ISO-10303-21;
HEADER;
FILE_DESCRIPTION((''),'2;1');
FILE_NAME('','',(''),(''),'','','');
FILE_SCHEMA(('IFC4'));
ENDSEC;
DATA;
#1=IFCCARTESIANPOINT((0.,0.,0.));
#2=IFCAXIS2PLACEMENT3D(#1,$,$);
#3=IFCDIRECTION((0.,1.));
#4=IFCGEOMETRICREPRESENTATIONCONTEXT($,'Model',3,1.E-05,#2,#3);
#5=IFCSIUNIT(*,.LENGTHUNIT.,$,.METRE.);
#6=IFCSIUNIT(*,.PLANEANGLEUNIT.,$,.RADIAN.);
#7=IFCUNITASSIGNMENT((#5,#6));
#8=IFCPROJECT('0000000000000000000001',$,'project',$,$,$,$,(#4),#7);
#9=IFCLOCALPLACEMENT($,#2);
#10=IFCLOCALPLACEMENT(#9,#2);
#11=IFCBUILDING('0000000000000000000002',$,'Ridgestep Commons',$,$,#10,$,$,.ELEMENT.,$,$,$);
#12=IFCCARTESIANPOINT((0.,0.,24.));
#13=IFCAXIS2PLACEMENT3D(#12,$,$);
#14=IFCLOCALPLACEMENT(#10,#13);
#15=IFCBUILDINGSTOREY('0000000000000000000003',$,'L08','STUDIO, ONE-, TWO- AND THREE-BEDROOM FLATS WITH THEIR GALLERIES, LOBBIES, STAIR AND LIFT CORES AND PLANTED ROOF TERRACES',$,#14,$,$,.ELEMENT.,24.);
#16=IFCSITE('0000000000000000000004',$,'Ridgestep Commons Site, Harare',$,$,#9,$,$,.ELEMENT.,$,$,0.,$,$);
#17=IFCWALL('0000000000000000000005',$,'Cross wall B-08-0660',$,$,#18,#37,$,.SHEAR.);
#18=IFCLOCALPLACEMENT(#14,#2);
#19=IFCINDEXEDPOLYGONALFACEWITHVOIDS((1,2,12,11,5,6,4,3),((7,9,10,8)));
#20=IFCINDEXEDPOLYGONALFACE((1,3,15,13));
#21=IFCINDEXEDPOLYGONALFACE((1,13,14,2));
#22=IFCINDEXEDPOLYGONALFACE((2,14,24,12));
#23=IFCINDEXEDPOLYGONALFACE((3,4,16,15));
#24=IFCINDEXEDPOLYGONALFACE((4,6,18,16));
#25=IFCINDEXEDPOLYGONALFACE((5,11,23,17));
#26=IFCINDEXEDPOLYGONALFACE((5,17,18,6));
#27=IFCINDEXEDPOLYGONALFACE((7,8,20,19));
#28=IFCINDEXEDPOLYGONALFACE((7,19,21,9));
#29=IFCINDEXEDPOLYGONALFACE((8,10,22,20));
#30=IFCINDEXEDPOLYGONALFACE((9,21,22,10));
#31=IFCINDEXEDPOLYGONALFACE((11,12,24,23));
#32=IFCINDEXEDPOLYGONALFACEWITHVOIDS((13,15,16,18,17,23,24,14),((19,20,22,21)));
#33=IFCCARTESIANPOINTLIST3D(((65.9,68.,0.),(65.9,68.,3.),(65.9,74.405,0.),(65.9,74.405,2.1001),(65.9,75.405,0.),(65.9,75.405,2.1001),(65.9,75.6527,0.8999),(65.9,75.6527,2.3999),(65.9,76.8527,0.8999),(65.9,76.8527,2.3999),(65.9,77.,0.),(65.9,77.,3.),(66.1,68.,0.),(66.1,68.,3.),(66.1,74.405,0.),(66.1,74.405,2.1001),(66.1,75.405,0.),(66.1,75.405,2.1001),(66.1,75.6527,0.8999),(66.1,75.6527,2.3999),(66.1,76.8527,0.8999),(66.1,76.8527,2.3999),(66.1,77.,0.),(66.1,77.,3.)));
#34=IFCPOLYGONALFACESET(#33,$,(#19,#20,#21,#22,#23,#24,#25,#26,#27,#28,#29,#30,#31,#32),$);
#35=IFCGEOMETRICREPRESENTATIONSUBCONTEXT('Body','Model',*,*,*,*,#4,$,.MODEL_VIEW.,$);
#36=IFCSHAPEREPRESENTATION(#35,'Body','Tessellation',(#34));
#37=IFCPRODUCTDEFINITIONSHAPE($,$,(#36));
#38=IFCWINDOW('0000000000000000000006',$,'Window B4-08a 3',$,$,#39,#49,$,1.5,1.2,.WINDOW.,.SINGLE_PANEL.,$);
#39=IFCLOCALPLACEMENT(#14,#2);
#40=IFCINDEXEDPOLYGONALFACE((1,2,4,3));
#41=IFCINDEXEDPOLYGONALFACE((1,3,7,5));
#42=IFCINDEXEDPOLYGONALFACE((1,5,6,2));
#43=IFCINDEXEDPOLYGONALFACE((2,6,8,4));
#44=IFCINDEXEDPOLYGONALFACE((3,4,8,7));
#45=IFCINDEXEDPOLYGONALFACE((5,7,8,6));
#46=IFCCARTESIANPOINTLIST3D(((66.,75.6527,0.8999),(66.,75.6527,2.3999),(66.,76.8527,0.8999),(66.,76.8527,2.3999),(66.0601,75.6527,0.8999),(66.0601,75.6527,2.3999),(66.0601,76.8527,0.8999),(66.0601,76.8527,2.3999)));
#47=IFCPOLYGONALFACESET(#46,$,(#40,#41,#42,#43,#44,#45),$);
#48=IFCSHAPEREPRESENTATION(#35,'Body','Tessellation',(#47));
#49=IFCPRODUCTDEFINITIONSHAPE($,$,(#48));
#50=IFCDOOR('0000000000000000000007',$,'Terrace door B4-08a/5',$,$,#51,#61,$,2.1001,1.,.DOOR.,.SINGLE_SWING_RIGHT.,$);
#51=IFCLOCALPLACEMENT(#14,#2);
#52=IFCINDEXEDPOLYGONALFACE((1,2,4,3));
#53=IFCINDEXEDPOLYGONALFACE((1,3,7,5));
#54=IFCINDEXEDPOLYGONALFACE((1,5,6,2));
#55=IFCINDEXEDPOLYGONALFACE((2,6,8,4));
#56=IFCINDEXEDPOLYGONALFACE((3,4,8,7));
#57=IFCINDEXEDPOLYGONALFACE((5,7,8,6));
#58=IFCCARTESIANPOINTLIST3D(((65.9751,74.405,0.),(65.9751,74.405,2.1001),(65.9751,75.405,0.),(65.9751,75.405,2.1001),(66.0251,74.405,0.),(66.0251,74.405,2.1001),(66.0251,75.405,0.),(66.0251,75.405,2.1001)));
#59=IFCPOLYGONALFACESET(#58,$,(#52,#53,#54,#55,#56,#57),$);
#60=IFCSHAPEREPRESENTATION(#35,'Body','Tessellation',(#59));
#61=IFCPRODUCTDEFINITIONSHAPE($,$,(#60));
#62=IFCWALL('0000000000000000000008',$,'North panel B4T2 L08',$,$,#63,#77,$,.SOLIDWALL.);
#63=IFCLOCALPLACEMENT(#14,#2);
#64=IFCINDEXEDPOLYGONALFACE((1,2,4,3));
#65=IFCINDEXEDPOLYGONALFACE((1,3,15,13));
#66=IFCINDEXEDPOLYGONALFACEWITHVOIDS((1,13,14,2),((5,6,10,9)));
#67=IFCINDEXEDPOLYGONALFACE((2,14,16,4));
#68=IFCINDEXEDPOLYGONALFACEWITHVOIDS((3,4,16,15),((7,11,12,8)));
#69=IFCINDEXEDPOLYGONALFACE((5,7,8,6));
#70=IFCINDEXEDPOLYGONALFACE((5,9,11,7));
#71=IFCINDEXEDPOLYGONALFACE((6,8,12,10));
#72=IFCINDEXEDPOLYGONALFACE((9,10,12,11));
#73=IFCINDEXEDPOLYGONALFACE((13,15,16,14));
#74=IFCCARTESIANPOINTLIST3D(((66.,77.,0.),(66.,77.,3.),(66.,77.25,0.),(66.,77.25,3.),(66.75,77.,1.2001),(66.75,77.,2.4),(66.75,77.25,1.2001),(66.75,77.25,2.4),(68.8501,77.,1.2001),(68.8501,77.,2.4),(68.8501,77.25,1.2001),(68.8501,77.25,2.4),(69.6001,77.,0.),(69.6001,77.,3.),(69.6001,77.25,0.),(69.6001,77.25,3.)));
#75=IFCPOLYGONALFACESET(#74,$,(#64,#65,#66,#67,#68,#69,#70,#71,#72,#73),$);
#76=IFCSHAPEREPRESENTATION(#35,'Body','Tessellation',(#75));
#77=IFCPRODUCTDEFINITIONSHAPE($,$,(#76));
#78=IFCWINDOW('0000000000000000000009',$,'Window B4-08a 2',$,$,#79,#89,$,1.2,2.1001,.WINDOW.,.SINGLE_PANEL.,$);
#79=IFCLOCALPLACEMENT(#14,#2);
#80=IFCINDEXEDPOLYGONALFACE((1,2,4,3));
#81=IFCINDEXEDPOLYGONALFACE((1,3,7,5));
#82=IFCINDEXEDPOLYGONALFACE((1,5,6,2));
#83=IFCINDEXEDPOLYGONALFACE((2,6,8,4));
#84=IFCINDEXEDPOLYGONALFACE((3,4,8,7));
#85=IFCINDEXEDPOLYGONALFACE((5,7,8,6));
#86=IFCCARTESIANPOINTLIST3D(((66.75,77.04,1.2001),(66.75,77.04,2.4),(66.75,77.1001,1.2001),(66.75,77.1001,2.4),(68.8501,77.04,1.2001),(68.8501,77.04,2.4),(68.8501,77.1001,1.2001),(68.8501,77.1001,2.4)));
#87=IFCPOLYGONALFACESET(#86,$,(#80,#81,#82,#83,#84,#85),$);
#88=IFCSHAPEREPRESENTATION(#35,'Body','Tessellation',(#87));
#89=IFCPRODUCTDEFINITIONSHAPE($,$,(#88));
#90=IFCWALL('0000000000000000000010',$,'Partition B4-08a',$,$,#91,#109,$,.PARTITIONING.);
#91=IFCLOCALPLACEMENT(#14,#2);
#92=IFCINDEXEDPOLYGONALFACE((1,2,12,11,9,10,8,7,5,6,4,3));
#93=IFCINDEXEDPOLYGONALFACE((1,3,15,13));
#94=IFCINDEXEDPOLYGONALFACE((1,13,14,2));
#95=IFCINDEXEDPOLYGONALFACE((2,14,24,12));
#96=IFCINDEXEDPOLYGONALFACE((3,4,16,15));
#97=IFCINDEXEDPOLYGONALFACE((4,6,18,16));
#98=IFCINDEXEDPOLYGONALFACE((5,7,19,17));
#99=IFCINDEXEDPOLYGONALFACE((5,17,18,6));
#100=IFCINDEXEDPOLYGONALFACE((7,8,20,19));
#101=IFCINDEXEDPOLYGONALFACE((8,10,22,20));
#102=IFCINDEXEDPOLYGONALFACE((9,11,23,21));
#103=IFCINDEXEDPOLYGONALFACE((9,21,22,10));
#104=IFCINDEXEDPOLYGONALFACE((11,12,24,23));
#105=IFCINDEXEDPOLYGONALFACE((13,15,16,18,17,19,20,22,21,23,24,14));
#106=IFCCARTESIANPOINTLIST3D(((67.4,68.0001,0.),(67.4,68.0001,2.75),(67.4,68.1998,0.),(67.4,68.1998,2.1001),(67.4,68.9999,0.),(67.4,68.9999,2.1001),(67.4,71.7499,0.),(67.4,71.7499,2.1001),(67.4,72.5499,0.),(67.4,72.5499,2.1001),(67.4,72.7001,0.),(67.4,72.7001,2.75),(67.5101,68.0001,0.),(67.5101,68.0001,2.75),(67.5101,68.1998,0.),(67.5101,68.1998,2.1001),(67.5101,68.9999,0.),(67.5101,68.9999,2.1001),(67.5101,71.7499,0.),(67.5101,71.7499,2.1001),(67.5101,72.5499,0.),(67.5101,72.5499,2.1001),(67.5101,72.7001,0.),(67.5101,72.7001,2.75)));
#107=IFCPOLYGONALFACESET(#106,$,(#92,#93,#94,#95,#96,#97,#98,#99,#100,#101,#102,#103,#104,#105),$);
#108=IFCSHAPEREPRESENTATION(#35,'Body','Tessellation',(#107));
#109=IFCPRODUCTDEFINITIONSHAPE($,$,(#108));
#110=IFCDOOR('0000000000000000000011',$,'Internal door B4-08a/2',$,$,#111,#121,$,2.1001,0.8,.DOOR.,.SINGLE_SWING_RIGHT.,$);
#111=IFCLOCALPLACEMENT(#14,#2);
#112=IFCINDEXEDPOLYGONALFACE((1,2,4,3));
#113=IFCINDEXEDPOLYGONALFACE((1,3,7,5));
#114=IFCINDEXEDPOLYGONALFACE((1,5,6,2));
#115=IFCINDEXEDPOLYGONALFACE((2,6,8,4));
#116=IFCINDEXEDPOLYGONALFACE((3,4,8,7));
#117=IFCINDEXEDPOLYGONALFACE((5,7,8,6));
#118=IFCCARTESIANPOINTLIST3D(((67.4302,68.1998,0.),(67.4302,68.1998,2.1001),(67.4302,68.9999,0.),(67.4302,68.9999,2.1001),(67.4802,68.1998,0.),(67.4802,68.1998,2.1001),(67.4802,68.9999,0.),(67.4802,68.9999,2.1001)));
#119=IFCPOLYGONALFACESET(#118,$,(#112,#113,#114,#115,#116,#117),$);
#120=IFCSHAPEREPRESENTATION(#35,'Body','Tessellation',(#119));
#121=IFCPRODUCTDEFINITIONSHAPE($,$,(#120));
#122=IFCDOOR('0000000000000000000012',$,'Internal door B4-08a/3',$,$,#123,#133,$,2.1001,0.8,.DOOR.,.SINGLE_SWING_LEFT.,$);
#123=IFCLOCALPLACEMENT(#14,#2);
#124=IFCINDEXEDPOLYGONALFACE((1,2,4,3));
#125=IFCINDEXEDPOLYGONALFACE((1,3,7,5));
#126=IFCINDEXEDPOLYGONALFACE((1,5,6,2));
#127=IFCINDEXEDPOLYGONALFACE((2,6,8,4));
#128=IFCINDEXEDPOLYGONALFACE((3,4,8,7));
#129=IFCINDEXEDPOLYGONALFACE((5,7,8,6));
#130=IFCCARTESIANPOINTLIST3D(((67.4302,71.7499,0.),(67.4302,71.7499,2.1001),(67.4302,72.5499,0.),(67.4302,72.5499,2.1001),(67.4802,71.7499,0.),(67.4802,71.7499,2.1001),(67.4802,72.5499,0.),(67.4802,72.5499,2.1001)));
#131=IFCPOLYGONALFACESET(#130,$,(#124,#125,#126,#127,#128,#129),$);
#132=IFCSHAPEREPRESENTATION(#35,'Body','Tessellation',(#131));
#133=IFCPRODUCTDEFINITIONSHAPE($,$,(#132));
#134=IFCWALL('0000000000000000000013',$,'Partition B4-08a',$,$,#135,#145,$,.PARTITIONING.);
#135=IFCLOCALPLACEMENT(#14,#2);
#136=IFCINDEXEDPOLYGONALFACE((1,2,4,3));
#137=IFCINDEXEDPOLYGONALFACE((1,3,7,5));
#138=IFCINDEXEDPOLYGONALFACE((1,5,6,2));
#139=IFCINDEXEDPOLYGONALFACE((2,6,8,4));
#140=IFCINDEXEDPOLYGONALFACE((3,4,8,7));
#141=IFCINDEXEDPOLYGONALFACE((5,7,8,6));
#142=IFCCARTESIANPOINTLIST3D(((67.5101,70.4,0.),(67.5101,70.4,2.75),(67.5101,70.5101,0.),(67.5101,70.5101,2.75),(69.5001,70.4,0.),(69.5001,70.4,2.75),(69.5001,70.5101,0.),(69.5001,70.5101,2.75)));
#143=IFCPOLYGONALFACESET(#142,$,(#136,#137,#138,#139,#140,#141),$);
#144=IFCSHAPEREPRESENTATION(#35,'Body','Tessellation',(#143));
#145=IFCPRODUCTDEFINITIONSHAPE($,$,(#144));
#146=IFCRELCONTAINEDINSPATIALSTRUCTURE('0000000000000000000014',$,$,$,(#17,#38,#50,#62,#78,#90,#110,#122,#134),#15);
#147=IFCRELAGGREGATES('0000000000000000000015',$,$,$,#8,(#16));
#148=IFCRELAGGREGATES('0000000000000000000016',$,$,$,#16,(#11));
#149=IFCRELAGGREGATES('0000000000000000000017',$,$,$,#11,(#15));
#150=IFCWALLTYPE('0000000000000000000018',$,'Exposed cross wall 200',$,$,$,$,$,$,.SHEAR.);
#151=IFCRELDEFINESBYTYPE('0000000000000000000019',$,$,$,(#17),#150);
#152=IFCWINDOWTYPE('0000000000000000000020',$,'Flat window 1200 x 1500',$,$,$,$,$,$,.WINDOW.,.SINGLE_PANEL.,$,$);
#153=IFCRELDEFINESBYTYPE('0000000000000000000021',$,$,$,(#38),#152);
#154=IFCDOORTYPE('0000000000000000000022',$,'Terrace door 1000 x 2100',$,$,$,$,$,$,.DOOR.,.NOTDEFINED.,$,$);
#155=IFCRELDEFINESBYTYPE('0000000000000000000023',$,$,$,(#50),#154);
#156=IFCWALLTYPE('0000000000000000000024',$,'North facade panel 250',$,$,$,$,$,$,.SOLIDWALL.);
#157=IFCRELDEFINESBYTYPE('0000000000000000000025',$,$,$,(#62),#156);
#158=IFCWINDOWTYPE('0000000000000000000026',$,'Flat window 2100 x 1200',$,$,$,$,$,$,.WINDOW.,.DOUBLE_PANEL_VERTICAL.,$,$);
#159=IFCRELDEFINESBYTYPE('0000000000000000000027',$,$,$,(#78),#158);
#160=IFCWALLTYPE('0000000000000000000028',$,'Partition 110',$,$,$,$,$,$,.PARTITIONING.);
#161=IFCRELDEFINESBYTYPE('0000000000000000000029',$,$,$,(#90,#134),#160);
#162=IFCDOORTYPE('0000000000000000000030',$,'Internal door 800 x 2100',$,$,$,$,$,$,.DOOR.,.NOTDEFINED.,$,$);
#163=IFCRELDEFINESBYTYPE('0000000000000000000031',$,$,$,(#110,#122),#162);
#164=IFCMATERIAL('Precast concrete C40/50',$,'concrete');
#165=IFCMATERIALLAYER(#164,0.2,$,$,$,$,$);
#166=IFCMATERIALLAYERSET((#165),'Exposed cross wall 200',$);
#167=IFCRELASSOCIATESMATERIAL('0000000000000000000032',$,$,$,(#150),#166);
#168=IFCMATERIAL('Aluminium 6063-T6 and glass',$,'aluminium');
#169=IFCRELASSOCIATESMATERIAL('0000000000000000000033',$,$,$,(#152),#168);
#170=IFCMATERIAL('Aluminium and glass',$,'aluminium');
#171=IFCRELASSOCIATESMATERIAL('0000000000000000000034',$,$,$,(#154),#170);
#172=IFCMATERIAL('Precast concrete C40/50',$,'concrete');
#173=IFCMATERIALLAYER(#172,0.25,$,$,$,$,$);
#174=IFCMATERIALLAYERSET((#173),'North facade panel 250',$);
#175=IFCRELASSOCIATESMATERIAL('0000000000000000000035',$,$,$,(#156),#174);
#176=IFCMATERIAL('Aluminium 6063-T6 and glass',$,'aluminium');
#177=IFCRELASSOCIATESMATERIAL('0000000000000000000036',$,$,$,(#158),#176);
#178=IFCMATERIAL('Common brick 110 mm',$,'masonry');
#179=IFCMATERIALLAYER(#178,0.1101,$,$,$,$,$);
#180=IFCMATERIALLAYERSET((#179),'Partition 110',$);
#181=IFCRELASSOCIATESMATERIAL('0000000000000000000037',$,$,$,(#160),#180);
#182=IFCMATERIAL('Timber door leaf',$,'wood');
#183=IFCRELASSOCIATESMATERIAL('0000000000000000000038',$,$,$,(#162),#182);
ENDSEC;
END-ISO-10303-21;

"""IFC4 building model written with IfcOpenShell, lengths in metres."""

from ifc_helpers import new_model, si_unit, direction, frame, frame_2d, origin, place, context, subcontext, project, spatial, rectangle, extrude, material, layer, layer_set, type_object, element, fill, save


model = new_model("IFC4")

# Units and contexts
model_context = context("Model", 3, precision=1e-05, world=origin(), true_north=direction((0.0, 1.0)))
body_context = subcontext(model_context, "Body", "Model", "MODEL_VIEW")
ifc_project = project(units=[si_unit("LENGTHUNIT", "METRE"), si_unit("PLANEANGLEUNIT", "RADIAN")], contexts=[model_context])

# Site, building, storey
site_placement = place(None, origin())
site = spatial("IfcSite", under=ifc_project, at=site_placement, Name="Ridgestep Commons Site, Harare", CompositionType="ELEMENT", RefElevation=0.0)
building_placement = place(site_placement, origin())
building = spatial("IfcBuilding", under=site, at=building_placement, Name="Ridgestep Commons", CompositionType="ELEMENT")
storey_placement = place(building_placement, frame((0.0, 0.0, 24.0)))
storey = spatial("IfcBuildingStorey", under=building, at=storey_placement, Name="L08", Description="STUDIO, ONE-, TWO- AND THREE-BEDROOM FLATS WITH THEIR GALLERIES, LOBBIES, STAIR AND LIFT CORES AND PLANTED ROOF TERRACES", CompositionType="ELEMENT", Elevation=24.0)

# Wall, openings, window, door
ifc_material_1 = material(Name="Precast concrete C40/50", Category="concrete")
ifc_layer_1 = layer(ifc_material_1, 0.2)
ifc_layer_set_1 = layer_set([ifc_layer_1], Name="Exposed cross wall 200")
wall_type_1 = type_object("IfcWallType", Name="Exposed cross wall 200", PredefinedType="SHEAR", material=ifc_layer_set_1)
wall_1_placement = place(storey_placement, frame((66.0, 68.0, 0.0), z_axis=(0.0, 0.0, 1.0), x_axis=(0.0, 1.0, 0.0)))
wall_1 = element("IfcWall", 1, at=wall_1_placement, inside=storey, type_object=wall_type_1, Name="Cross wall B-08-0660", PredefinedType="SHEAR", context=body_context, shape_type="SweptSolid", body=[
    extrude(rectangle(XDim=9.0, YDim=0.2, at=frame_2d((4.5, 0.0))), origin(), (0.0, 0.0, 1.0), 3.0),
])
opening_1_placement = place(wall_1_placement, frame((7.6526, 0.0, 0.8999)))
opening_1 = element("IfcOpeningElement", 2, at=opening_1_placement, cuts=wall_1, PredefinedType="OPENING", context=body_context, shape_type="SweptSolid", body=[
    extrude(rectangle(XDim=1.2, YDim=1.5, at=frame_2d((0.6001, 0.75))), frame((0.0, 0.1099, 0.0), z_axis=(0.0, -1.0, 0.0), x_axis=(1.0, 0.0, 0.0)), (0.0, 0.0, 1.0), 0.22),
])
opening_2_placement = place(wall_1_placement, frame((6.405, 0.0, 0.0)))
opening_2 = element("IfcOpeningElement", 3, at=opening_2_placement, cuts=wall_1, PredefinedType="OPENING", context=body_context, shape_type="SweptSolid", body=[
    extrude(rectangle(XDim=1.0, YDim=2.1001, at=frame_2d((0.5, 1.05))), frame((0.0, 0.1099, 0.0), z_axis=(0.0, -1.0, 0.0), x_axis=(1.0, 0.0, 0.0)), (0.0, 0.0, 1.0), 0.22),
])
ifc_material_2 = material(Name="Aluminium 6063-T6 and glass", Category="aluminium")
window_type_1 = type_object("IfcWindowType", Name="Flat window 1200 x 1500", PartitioningType="SINGLE_PANEL", PredefinedType="WINDOW", material=ifc_material_2)
window_1_placement = place(opening_1_placement, origin())
window_1 = element("IfcWindow", 4, at=window_1_placement, inside=storey, type_object=window_type_1, Name="Window B4-08a 3", OverallHeight=1.5, OverallWidth=1.2, PartitioningType="SINGLE_PANEL", PredefinedType="WINDOW", context=body_context, shape_type="SweptSolid", body=[
    extrude(rectangle(XDim=1.2, YDim=1.5, at=frame_2d((0.6001, 0.75))), frame((0.0, 0.0, 0.0), z_axis=(0.0, -1.0, 0.0), x_axis=(1.0, 0.0, 0.0)), (0.0, 0.0, 1.0), 0.0601),
])
fill(opening_1, window_1)
ifc_material_3 = material(Name="Aluminium and glass", Category="aluminium")
door_type_1 = type_object("IfcDoorType", Name="Terrace door 1000 x 2100", OperationType="NOTDEFINED", PredefinedType="DOOR", material=ifc_material_3)
door_1_placement = place(opening_2_placement, origin())
door_1 = element("IfcDoor", 5, at=door_1_placement, inside=storey, type_object=door_type_1, Name="Terrace door B4-08a/5", OperationType="SINGLE_SWING_RIGHT", OverallHeight=2.1001, OverallWidth=1.0, PredefinedType="DOOR", context=body_context, shape_type="SweptSolid", body=[
    extrude(rectangle(XDim=1.0, YDim=2.1001, at=frame_2d((0.5, 1.05))), frame((0.0, 0.0249, 0.0), z_axis=(0.0, -1.0, 0.0), x_axis=(1.0, 0.0, 0.0)), (0.0, 0.0, 1.0), 0.05),
])
fill(opening_2, door_1)

# Wall, opening, window
ifc_material_4 = material(Name="Precast concrete C40/50", Category="concrete")
ifc_layer_2 = layer(ifc_material_4, 0.25)
ifc_layer_set_2 = layer_set([ifc_layer_2], Name="North facade panel 250")
wall_type_2 = type_object("IfcWallType", Name="North facade panel 250", PredefinedType="SOLIDWALL", material=ifc_layer_set_2)
wall_2_placement = place(storey_placement, frame((66.0, 77.125, 0.0), z_axis=(0.0, 0.0, 1.0), x_axis=(1.0, 0.0, 0.0)))
wall_2 = element("IfcWall", 6, at=wall_2_placement, inside=storey, type_object=wall_type_2, Name="North panel B4T2 L08", PredefinedType="SOLIDWALL", context=body_context, shape_type="SweptSolid", body=[
    extrude(rectangle(XDim=3.6001, YDim=0.25, at=frame_2d((1.8, 0.0))), origin(), (0.0, 0.0, 1.0), 3.0),
])
opening_3_placement = place(wall_2_placement, frame((0.75, 0.0, 1.2)))
opening_3 = element("IfcOpeningElement", 7, at=opening_3_placement, cuts=wall_2, PredefinedType="OPENING", context=body_context, shape_type="SweptSolid", body=[
    extrude(rectangle(XDim=2.1001, YDim=1.2, at=frame_2d((1.05, 0.6001))), frame((0.0, 0.135, 0.0), z_axis=(0.0, -1.0, 0.0), x_axis=(1.0, 0.0, 0.0)), (0.0, 0.0, 1.0), 0.27),
])
ifc_material_5 = material(Name="Aluminium 6063-T6 and glass", Category="aluminium")
window_type_2 = type_object("IfcWindowType", Name="Flat window 2100 x 1200", PartitioningType="DOUBLE_PANEL_VERTICAL", PredefinedType="WINDOW", material=ifc_material_5)
window_2_placement = place(opening_3_placement, origin())
window_2 = element("IfcWindow", 8, at=window_2_placement, inside=storey, type_object=window_type_2, Name="Window B4-08a 2", OverallHeight=1.2, OverallWidth=2.1001, PartitioningType="SINGLE_PANEL", PredefinedType="WINDOW", context=body_context, shape_type="SweptSolid", body=[
    extrude(rectangle(XDim=2.1001, YDim=1.2, at=frame_2d((1.05, 0.6001))), frame((0.0, -0.0249, 0.0), z_axis=(0.0, -1.0, 0.0), x_axis=(1.0, 0.0, 0.0)), (0.0, 0.0, 1.0), 0.0601),
])
fill(opening_3, window_2)

# Wall, openings, doors
ifc_material_6 = material(Name="Common brick 110 mm", Category="masonry")
ifc_layer_3 = layer(ifc_material_6, 0.1101)
ifc_layer_set_3 = layer_set([ifc_layer_3], Name="Partition 110")
wall_type_3 = type_object("IfcWallType", Name="Partition 110", PredefinedType="PARTITIONING", material=ifc_layer_set_3)
wall_3_placement = place(storey_placement, frame((67.4551, 68.0, 0.0), z_axis=(0.0, 0.0, 1.0), x_axis=(0.0, 1.0, 0.0)))
wall_3 = element("IfcWall", 9, at=wall_3_placement, inside=storey, type_object=wall_type_3, Name="Partition B4-08a", PredefinedType="PARTITIONING", context=body_context, shape_type="SweptSolid", body=[
    extrude(rectangle(XDim=4.7, YDim=0.1101, at=frame_2d((2.3501, 0.0))), origin(), (0.0, 0.0, 1.0), 2.75),
])
opening_4_placement = place(wall_3_placement, frame((0.2, 0.0, 0.0)))
opening_4 = element("IfcOpeningElement", 10, at=opening_4_placement, cuts=wall_3, PredefinedType="OPENING", context=body_context, shape_type="SweptSolid", body=[
    extrude(rectangle(XDim=0.8, YDim=2.1001, at=frame_2d((0.3999, 1.05))), frame((0.0, 0.0649, 0.0), z_axis=(0.0, -1.0, 0.0), x_axis=(1.0, 0.0, 0.0)), (0.0, 0.0, 1.0), 0.1301),
])
opening_5_placement = place(wall_3_placement, frame((3.75, 0.0, 0.0)))
opening_5 = element("IfcOpeningElement", 11, at=opening_5_placement, cuts=wall_3, PredefinedType="OPENING", context=body_context, shape_type="SweptSolid", body=[
    extrude(rectangle(XDim=0.8, YDim=2.1001, at=frame_2d((0.3999, 1.05))), frame((0.0, 0.0649, 0.0), z_axis=(0.0, -1.0, 0.0), x_axis=(1.0, 0.0, 0.0)), (0.0, 0.0, 1.0), 0.1301),
])
ifc_material_7 = material(Name="Timber door leaf", Category="wood")
door_type_2 = type_object("IfcDoorType", Name="Internal door 800 x 2100", OperationType="NOTDEFINED", PredefinedType="DOOR", material=ifc_material_7)
door_2_placement = place(opening_4_placement, origin())
door_2 = element("IfcDoor", 12, at=door_2_placement, inside=storey, type_object=door_type_2, Name="Internal door B4-08a/2", OperationType="SINGLE_SWING_RIGHT", OverallHeight=2.1001, OverallWidth=0.8, PredefinedType="DOOR", context=body_context, shape_type="SweptSolid", body=[
    extrude(rectangle(XDim=0.8, YDim=2.1001, at=frame_2d((0.3999, 1.05))), frame((0.0, 0.0249, 0.0), z_axis=(0.0, -1.0, 0.0), x_axis=(1.0, 0.0, 0.0)), (0.0, 0.0, 1.0), 0.05),
])
fill(opening_4, door_2)
door_3_placement = place(opening_5_placement, origin())
door_3 = element("IfcDoor", 13, at=door_3_placement, inside=storey, type_object=door_type_2, Name="Internal door B4-08a/3", OperationType="SINGLE_SWING_LEFT", OverallHeight=2.1001, OverallWidth=0.8, PredefinedType="DOOR", context=body_context, shape_type="SweptSolid", body=[
    extrude(rectangle(XDim=0.8, YDim=2.1001, at=frame_2d((0.3999, 1.05))), frame((0.0, 0.0249, 0.0), z_axis=(0.0, -1.0, 0.0), x_axis=(1.0, 0.0, 0.0)), (0.0, 0.0, 1.0), 0.05),
])
fill(opening_5, door_3)

# Wall
wall_4_placement = place(storey_placement, frame((67.51, 70.4551, 0.0), z_axis=(0.0, 0.0, 1.0), x_axis=(1.0, 0.0, 0.0)))
element("IfcWall", 14, at=wall_4_placement, inside=storey, type_object=wall_type_3, Name="Partition B4-08a", PredefinedType="PARTITIONING", context=body_context, shape_type="SweptSolid", body=[
    extrude(rectangle(XDim=1.99, YDim=0.1101, at=frame_2d((0.9951, 0.0))), origin(), (0.0, 0.0, 1.0), 2.75),
])

save(model, "model.ifc")
